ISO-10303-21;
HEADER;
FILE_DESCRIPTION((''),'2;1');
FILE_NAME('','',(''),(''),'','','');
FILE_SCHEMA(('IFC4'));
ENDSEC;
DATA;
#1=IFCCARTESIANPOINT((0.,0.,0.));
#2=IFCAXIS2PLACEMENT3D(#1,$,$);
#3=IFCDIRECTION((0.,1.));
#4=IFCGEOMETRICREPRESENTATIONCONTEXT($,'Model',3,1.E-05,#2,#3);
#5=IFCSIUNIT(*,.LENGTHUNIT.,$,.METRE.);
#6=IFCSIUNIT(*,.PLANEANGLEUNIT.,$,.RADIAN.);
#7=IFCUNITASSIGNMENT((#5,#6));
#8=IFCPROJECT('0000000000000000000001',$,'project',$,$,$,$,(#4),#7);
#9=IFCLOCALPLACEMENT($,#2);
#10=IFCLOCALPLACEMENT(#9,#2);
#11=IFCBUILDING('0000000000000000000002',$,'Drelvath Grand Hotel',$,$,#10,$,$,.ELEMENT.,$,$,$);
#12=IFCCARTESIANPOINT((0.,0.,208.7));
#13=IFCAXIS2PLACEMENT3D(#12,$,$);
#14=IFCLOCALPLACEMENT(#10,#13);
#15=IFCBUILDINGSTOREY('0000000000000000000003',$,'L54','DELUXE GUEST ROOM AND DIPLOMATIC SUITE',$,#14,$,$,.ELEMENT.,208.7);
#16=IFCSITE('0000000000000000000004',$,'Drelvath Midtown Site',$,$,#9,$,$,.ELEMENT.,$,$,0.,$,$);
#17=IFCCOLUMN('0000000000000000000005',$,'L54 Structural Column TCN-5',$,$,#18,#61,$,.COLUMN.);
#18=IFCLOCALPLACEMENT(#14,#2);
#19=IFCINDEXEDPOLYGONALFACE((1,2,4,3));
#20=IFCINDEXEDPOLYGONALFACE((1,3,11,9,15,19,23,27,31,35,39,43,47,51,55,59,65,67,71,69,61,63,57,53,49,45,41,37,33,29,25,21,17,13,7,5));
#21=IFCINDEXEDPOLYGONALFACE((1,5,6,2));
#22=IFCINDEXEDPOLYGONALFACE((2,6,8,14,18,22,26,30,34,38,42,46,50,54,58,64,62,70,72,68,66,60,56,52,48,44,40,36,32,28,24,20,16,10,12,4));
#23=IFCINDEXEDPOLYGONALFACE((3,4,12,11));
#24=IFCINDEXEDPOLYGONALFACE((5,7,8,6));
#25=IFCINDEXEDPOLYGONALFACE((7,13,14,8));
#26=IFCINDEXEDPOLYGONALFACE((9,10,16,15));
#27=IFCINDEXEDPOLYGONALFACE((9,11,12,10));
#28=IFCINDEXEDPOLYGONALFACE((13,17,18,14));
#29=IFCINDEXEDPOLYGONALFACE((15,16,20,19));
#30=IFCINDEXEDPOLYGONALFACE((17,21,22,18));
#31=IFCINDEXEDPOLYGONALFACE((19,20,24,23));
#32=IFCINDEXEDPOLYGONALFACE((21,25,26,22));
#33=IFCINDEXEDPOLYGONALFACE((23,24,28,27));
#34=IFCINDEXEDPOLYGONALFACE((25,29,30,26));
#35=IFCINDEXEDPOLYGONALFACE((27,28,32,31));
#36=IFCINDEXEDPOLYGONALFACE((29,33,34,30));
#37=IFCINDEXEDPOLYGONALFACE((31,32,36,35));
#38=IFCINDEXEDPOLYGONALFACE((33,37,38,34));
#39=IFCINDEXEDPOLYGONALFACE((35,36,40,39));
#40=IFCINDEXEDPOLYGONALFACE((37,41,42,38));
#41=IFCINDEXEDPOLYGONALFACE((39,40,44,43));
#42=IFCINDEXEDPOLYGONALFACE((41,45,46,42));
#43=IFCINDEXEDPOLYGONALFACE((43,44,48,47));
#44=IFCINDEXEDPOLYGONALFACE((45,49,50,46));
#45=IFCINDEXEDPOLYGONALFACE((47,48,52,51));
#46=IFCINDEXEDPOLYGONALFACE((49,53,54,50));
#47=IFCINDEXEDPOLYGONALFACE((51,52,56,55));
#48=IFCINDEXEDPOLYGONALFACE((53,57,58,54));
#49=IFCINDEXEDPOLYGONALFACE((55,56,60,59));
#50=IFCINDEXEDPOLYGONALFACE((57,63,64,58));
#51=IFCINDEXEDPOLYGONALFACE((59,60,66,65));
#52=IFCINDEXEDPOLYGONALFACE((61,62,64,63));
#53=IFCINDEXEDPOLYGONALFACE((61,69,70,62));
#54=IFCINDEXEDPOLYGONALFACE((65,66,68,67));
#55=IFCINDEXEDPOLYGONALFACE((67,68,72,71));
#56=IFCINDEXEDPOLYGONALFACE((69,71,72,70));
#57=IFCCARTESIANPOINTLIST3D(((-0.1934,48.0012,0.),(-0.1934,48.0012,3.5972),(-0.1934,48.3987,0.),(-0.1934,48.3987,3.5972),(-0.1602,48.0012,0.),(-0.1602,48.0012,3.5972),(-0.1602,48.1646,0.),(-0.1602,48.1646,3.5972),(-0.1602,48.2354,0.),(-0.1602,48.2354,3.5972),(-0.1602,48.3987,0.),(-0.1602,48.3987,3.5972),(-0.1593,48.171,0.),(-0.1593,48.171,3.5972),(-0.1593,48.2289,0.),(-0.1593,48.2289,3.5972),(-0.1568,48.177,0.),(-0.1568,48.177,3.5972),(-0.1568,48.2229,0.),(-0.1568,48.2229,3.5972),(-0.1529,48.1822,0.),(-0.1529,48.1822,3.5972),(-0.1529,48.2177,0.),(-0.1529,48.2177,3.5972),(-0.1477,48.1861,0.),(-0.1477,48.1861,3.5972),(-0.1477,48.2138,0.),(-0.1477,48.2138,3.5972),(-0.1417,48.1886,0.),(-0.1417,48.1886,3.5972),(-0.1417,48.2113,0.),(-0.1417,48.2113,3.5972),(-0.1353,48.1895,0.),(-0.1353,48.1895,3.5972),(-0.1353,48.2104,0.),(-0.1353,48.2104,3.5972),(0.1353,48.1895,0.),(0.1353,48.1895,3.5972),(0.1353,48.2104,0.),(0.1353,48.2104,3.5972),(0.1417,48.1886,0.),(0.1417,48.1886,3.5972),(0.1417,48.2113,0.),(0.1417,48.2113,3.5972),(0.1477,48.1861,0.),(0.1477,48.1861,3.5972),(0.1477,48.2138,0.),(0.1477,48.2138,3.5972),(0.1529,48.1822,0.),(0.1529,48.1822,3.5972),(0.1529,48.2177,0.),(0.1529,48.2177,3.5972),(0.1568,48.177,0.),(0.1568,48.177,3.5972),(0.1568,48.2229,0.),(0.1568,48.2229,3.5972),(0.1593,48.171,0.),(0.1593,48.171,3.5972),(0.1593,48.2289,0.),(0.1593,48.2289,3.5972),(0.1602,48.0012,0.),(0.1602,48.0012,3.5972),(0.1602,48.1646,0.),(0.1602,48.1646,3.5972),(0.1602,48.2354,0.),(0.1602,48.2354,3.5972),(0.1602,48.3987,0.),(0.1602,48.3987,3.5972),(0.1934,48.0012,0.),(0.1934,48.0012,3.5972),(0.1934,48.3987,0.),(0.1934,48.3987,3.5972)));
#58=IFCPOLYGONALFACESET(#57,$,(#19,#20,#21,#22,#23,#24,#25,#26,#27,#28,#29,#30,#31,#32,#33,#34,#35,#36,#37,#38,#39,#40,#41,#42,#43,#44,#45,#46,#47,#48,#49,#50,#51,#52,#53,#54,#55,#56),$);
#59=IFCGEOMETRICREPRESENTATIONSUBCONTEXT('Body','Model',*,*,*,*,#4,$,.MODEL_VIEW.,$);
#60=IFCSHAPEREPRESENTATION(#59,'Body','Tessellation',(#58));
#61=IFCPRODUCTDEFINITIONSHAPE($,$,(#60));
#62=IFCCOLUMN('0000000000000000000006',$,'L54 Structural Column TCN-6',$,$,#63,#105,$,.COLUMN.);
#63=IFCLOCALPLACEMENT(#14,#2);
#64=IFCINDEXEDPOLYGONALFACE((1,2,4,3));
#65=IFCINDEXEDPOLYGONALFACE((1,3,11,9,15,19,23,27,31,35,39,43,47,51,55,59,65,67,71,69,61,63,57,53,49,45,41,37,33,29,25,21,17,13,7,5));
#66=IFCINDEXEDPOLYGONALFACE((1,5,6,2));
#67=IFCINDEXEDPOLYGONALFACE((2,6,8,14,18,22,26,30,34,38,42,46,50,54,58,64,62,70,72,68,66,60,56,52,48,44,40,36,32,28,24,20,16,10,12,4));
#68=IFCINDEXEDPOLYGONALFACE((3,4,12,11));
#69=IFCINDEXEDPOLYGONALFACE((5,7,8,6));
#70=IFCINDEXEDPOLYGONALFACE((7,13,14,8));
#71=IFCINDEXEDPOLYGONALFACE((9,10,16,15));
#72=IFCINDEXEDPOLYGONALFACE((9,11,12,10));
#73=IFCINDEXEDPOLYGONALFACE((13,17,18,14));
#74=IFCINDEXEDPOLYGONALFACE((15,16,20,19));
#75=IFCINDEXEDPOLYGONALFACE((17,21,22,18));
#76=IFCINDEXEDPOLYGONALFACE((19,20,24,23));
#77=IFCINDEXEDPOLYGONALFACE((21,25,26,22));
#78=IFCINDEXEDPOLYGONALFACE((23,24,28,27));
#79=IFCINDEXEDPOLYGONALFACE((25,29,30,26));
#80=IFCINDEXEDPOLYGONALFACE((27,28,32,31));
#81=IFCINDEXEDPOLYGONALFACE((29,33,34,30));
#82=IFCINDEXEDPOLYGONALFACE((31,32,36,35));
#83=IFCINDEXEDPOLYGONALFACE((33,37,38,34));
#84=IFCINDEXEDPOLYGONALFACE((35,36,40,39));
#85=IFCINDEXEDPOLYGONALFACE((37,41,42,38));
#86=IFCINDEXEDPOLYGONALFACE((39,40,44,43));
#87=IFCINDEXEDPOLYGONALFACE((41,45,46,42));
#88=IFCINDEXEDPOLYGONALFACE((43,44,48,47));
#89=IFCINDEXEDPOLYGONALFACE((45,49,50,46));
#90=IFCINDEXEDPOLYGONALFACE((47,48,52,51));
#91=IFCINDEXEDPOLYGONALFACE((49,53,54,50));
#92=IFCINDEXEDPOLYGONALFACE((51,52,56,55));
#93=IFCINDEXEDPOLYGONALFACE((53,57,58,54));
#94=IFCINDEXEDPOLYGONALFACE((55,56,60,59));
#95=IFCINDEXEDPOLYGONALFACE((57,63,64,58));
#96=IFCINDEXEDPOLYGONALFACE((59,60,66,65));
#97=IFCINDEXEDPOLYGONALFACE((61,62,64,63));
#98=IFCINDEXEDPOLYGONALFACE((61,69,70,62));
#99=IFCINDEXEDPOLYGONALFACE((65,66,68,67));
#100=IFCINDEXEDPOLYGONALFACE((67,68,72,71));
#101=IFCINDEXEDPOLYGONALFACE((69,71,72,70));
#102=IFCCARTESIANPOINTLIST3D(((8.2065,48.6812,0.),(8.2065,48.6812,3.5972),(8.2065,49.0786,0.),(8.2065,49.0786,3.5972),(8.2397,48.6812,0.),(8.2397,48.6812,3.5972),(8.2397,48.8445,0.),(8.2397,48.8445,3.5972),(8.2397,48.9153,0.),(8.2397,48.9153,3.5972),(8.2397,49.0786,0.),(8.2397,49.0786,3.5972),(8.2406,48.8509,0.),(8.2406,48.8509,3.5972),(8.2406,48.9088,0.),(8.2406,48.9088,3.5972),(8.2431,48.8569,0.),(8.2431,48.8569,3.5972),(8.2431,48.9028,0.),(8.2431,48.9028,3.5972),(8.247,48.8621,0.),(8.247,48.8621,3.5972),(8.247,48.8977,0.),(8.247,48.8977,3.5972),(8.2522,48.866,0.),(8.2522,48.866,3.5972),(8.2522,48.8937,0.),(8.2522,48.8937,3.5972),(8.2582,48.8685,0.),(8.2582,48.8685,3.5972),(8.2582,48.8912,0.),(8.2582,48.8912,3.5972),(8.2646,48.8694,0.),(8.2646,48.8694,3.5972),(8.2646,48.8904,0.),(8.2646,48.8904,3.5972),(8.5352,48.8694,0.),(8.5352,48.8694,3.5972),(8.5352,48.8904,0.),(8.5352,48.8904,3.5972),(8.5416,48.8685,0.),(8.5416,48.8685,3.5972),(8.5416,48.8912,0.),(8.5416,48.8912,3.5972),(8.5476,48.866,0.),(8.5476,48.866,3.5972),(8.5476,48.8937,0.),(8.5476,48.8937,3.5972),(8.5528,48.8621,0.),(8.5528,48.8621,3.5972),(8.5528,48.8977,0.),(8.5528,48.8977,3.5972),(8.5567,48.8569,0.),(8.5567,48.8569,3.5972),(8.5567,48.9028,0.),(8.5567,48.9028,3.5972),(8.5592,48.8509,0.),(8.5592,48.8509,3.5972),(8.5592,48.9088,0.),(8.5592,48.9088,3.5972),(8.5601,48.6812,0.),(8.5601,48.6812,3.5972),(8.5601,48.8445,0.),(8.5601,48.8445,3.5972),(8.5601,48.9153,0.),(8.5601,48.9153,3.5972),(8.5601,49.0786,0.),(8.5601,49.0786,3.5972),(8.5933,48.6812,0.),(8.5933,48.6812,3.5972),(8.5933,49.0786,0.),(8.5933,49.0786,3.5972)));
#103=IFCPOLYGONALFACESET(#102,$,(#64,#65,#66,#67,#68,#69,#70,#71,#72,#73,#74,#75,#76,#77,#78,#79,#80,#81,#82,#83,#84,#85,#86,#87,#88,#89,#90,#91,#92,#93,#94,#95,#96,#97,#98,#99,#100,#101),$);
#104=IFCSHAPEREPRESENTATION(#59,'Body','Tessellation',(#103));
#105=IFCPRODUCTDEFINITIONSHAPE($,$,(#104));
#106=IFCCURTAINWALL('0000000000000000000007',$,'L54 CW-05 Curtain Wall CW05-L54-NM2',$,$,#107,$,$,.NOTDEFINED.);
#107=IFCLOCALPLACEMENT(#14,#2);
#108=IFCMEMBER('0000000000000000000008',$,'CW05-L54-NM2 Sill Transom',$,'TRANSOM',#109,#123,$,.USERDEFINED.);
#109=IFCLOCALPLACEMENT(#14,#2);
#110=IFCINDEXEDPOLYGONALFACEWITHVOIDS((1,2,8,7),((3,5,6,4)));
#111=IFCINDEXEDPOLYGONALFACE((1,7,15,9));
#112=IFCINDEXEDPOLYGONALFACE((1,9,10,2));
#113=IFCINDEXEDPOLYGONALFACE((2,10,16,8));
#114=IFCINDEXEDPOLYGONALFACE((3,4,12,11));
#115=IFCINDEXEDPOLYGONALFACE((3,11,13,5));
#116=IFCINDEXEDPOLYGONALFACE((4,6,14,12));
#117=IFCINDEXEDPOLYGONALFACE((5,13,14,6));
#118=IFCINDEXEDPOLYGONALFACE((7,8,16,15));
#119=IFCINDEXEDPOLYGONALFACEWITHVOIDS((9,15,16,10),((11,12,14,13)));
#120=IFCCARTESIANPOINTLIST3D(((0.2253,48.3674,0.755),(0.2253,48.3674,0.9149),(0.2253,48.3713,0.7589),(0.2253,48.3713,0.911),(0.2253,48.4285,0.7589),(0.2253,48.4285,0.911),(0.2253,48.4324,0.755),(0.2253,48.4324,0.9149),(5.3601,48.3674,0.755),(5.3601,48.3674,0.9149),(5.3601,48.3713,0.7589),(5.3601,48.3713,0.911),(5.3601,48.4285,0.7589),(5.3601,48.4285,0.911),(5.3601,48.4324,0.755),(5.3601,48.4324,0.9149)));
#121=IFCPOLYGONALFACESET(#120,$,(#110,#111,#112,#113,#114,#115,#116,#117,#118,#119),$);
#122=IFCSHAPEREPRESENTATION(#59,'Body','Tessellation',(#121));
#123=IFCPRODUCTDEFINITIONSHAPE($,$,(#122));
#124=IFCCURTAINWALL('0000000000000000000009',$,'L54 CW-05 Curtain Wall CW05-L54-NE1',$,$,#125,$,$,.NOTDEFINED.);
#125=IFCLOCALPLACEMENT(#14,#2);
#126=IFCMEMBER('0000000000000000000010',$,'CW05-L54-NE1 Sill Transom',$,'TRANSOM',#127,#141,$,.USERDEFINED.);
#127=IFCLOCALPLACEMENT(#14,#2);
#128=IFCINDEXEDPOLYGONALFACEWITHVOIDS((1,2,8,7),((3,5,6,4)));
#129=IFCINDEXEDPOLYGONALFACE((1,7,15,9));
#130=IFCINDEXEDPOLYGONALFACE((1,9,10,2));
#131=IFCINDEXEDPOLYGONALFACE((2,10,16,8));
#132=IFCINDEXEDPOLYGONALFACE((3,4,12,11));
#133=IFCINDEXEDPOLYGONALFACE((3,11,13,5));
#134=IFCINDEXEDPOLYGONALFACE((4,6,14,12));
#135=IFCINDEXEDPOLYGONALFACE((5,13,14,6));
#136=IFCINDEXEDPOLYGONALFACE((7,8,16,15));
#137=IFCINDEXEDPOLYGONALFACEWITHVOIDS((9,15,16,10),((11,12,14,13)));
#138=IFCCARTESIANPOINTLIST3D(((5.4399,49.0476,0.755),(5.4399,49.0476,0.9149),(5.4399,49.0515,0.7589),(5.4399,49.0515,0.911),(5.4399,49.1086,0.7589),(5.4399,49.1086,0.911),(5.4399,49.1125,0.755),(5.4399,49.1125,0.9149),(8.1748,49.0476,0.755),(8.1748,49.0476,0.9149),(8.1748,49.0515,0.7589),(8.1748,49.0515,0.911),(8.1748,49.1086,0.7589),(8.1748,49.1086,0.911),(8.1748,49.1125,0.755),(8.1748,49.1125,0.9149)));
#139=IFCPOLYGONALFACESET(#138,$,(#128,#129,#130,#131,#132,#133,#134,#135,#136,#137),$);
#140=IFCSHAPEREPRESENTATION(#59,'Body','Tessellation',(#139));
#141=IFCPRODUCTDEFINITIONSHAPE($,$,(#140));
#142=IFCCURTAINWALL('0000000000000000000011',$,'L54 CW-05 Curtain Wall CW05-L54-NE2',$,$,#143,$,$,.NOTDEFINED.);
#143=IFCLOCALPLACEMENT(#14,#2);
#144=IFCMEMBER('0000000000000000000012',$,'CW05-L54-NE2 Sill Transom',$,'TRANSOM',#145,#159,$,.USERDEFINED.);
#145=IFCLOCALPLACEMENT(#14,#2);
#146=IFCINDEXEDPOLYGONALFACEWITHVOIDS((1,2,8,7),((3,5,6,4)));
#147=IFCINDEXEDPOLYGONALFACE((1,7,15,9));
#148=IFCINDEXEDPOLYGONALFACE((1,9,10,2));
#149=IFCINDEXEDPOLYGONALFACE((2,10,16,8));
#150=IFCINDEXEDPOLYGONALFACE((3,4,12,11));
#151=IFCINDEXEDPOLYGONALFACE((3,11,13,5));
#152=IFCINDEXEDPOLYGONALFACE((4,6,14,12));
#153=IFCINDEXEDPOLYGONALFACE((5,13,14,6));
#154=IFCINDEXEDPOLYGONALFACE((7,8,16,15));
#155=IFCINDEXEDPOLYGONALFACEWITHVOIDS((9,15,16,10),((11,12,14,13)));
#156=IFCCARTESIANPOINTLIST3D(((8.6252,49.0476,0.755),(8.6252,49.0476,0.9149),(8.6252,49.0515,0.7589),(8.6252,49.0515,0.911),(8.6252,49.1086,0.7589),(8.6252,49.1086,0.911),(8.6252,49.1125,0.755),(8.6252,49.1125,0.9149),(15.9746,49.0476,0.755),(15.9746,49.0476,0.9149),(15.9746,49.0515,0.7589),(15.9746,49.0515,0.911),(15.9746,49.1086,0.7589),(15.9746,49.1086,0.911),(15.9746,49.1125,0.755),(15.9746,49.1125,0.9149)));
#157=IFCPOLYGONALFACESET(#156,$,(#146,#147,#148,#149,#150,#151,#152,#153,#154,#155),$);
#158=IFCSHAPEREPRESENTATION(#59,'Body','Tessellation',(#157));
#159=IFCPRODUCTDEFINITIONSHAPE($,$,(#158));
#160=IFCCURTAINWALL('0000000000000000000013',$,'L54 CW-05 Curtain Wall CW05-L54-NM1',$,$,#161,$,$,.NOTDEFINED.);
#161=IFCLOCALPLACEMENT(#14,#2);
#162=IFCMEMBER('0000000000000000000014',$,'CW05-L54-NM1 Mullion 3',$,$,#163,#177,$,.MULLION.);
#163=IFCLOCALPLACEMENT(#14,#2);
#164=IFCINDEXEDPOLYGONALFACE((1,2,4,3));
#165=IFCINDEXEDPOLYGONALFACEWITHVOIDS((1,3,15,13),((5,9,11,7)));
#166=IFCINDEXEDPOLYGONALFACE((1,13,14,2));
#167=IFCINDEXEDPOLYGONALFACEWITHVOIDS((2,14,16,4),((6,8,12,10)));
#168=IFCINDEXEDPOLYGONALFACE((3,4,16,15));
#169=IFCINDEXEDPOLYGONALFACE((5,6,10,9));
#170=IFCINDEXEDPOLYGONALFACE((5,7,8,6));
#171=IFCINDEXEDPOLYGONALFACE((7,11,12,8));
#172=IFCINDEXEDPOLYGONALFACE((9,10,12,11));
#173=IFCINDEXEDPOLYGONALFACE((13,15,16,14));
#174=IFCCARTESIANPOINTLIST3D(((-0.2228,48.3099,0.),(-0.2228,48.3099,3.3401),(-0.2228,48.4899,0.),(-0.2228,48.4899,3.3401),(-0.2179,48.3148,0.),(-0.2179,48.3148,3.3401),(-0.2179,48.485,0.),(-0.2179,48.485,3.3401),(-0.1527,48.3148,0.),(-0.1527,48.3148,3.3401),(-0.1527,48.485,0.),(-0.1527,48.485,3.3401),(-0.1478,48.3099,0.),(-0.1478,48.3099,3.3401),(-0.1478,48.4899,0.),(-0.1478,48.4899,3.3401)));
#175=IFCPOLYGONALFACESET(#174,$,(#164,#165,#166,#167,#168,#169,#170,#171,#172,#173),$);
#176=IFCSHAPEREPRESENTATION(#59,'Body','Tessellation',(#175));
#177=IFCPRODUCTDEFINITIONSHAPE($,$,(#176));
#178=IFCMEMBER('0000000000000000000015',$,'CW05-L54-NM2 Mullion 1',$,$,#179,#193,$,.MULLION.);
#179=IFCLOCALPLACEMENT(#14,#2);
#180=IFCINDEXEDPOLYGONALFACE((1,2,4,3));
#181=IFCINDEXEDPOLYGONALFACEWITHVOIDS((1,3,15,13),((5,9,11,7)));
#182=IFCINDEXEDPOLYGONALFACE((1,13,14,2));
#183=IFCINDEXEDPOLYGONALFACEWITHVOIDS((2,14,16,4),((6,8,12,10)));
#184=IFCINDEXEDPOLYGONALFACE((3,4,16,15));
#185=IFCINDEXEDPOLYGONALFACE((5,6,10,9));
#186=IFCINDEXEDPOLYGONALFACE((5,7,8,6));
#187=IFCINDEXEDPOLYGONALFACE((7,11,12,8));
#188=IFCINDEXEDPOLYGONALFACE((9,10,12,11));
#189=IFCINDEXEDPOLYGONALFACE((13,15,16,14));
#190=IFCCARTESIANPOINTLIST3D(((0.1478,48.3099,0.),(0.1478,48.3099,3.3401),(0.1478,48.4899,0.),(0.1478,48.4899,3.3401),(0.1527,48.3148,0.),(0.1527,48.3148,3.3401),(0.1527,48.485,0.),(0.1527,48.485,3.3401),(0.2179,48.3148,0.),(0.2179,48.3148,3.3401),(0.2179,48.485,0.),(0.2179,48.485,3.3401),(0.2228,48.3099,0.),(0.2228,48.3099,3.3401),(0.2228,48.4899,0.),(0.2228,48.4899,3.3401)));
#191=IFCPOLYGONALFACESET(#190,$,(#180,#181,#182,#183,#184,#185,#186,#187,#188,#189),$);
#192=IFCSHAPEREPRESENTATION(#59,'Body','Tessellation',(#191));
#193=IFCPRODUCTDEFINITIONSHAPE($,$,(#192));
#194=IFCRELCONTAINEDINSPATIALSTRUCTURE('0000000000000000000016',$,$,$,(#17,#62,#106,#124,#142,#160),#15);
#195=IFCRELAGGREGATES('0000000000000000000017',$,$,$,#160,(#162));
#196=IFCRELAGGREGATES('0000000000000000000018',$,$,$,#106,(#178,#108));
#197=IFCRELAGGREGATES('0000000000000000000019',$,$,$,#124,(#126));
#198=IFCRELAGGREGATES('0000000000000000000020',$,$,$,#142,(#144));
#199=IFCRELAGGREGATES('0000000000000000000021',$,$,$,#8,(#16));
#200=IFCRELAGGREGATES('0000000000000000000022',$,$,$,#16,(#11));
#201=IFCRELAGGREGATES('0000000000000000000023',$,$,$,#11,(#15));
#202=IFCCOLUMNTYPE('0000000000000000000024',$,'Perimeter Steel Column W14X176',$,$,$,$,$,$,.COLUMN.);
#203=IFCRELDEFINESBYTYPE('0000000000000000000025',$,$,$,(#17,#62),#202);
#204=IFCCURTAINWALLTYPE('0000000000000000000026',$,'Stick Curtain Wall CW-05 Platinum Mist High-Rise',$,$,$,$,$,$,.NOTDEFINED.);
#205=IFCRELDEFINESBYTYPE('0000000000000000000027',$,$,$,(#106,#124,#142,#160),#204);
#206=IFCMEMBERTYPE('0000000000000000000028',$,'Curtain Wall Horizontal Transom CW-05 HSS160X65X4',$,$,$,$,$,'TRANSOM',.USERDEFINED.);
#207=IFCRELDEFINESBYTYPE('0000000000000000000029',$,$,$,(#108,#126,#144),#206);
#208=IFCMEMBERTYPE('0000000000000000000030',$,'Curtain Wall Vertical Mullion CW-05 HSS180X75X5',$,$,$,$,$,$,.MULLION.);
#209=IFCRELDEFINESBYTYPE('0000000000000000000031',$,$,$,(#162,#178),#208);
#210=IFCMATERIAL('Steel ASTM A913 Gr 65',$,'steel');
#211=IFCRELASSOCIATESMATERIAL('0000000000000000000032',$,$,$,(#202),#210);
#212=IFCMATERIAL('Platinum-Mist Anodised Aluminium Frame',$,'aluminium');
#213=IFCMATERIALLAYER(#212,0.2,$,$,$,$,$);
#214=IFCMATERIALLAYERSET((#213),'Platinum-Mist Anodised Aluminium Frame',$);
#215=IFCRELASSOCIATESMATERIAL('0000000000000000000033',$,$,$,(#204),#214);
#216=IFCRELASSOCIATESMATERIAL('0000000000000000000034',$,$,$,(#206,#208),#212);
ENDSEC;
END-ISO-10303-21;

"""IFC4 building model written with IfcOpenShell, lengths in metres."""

from ifc_helpers import new_model, si_unit, direction, frame, origin, origin_2d, place, context, subcontext, project, spatial, hollow_rectangle, i_section, extrude, material, layer, layer_set, material_profile, profile_set, type_object, element, aggregate, save


model = new_model("IFC4")

# Units and contexts
model_context = context("Model", 3, precision=1e-05, world=origin(), true_north=direction((0.0, 1.0)))
body_context = subcontext(model_context, "Body", "Model", "MODEL_VIEW")
ifc_project = project(units=[si_unit("LENGTHUNIT", "METRE"), si_unit("PLANEANGLEUNIT", "RADIAN")], contexts=[model_context])

# Site, building, storey
site_placement = place(None, origin())
site = spatial("IfcSite", under=ifc_project, at=site_placement, Name="Drelvath Midtown Site", CompositionType="ELEMENT", RefElevation=0.0)
building_placement = place(site_placement, origin())
building = spatial("IfcBuilding", under=site, at=building_placement, Name="Drelvath Grand Hotel", CompositionType="ELEMENT")
storey_placement = place(building_placement, frame((0.0, 0.0, 208.7)))
storey = spatial("IfcBuildingStorey", under=building, at=storey_placement, Name="L54", Description="DELUXE GUEST ROOM AND DIPLOMATIC SUITE", CompositionType="ELEMENT", Elevation=208.7)

# Columns
ifc_material_1 = material(Name="Steel ASTM A913 Gr 65", Category="steel")
ifc_material_profile_1 = material_profile(ifc_material_1, i_section(OverallWidth=0.3975, OverallDepth=0.3867, WebThickness=0.021, FlangeThickness=0.0332, FilletRadius=0.0249, at=origin_2d()), Name="W14X176")
ifc_profile_set_1 = profile_set([ifc_material_profile_1], Name="Steel ASTM A913 Gr 65")
column_type = type_object("IfcColumnType", Name="Perimeter Steel Column W14X176", PredefinedType="COLUMN", material=ifc_profile_set_1)
for number, where, z_axis, x_axis, name in (
    (1, (0.0, 48.2, 0.0), (0.0, 0.0, 1.0), (0.0, 1.0, 0.0), "L54 Structural Column TCN-5"),
    (2, (8.3999, 48.8799, 0.0), (0.0, 0.0, 1.0), (0.0, 1.0, 0.0), "L54 Structural Column TCN-6"),
):
    element("IfcColumn", number, at=place(storey_placement, frame(where, z_axis=z_axis, x_axis=x_axis)), inside=storey, type_object=column_type, Name=name, PredefinedType="COLUMN", context=body_context, shape_type="SweptSolid", body=[
        extrude(i_section(OverallWidth=0.3975, OverallDepth=0.3867, WebThickness=0.021, FlangeThickness=0.0332, FilletRadius=0.0249, at=origin_2d()), origin(), (0.0, 0.0, 1.0), 3.5972),
    ])

# Curtain walls, members
ifc_material_2 = material(Name="Platinum-Mist Anodised Aluminium Frame", Category="aluminium")
ifc_layer_1 = layer(ifc_material_2, 0.2)
ifc_layer_set_1 = layer_set([ifc_layer_1], Name="Platinum-Mist Anodised Aluminium Frame")
curtain_wall_type = type_object("IfcCurtainWallType", Name="Stick Curtain Wall CW-05 Platinum Mist High-Rise", PredefinedType="NOTDEFINED", material=ifc_layer_set_1)
curtain_wall_1_placement = place(storey_placement, origin())
curtain_wall_1 = element("IfcCurtainWall", 3, at=curtain_wall_1_placement, inside=storey, type_object=curtain_wall_type, Name="L54 CW-05 Curtain Wall CW05-L54-NM2", PredefinedType="NOTDEFINED")
ifc_material_profile_2 = material_profile(ifc_material_2, hollow_rectangle(XDim=0.0649, YDim=0.1599, WallThickness=0.0039, at=origin_2d()), Name="HSS160X65X4")
ifc_profile_set_2 = profile_set([ifc_material_profile_2], Name="Platinum-Mist Anodised Aluminium Frame")
member_type_1 = type_object("IfcMemberType", Name="Curtain Wall Horizontal Transom CW-05 HSS160X65X4", ElementType="TRANSOM", PredefinedType="USERDEFINED", material=ifc_profile_set_2)
member_1_placement = place(storey_placement, frame((0.2253, 48.3999, 0.835), z_axis=(1.0, 0.0, 0.0), x_axis=(0.0, 1.0, 0.0)))
member_1 = element("IfcMember", 4, at=member_1_placement, type_object=member_type_1, Name="CW05-L54-NM2 Sill Transom", ObjectType="TRANSOM", PredefinedType="USERDEFINED", context=body_context, shape_type="SweptSolid", body=[
    extrude(hollow_rectangle(XDim=0.0649, YDim=0.1599, WallThickness=0.0039, at=origin_2d()), origin(), (0.0, 0.0, 1.0), 5.1348),
])
curtain_wall_2_placement = place(storey_placement, origin())
curtain_wall_2 = element("IfcCurtainWall", 5, at=curtain_wall_2_placement, inside=storey, type_object=curtain_wall_type, Name="L54 CW-05 Curtain Wall CW05-L54-NE1", PredefinedType="NOTDEFINED")
member_2_placement = place(storey_placement, frame((5.4399, 49.0801, 0.835), z_axis=(1.0, 0.0, 0.0), x_axis=(0.0, 1.0, 0.0)))
member_2 = element("IfcMember", 6, at=member_2_placement, type_object=member_type_1, Name="CW05-L54-NE1 Sill Transom", ObjectType="TRANSOM", PredefinedType="USERDEFINED", context=body_context, shape_type="SweptSolid", body=[
    extrude(hollow_rectangle(XDim=0.0649, YDim=0.1599, WallThickness=0.0039, at=origin_2d()), origin(), (0.0, 0.0, 1.0), 2.7349),
])
curtain_wall_3_placement = place(storey_placement, origin())
curtain_wall_3 = element("IfcCurtainWall", 7, at=curtain_wall_3_placement, inside=storey, type_object=curtain_wall_type, Name="L54 CW-05 Curtain Wall CW05-L54-NE2", PredefinedType="NOTDEFINED")
member_3_placement = place(storey_placement, frame((8.6252, 49.0801, 0.835), z_axis=(1.0, 0.0, 0.0), x_axis=(0.0, 1.0, 0.0)))
member_3 = element("IfcMember", 8, at=member_3_placement, type_object=member_type_1, Name="CW05-L54-NE2 Sill Transom", ObjectType="TRANSOM", PredefinedType="USERDEFINED", context=body_context, shape_type="SweptSolid", body=[
    extrude(hollow_rectangle(XDim=0.0649, YDim=0.1599, WallThickness=0.0039, at=origin_2d()), origin(), (0.0, 0.0, 1.0), 7.3494),
])
curtain_wall_4_placement = place(storey_placement, origin())
curtain_wall_4 = element("IfcCurtainWall", 9, at=curtain_wall_4_placement, inside=storey, type_object=curtain_wall_type, Name="L54 CW-05 Curtain Wall CW05-L54-NM1", PredefinedType="NOTDEFINED")
ifc_material_profile_3 = material_profile(ifc_material_2, hollow_rectangle(XDim=0.075, YDim=0.1799, WallThickness=0.0049, at=origin_2d()), Name="HSS180X75X5")
ifc_profile_set_3 = profile_set([ifc_material_profile_3], Name="Platinum-Mist Anodised Aluminium Frame")
member_type_2 = type_object("IfcMemberType", Name="Curtain Wall Vertical Mullion CW-05 HSS180X75X5", PredefinedType="MULLION", material=ifc_profile_set_3)
member_4_placement = place(storey_placement, frame((-0.1853, 48.3999, 0.0), z_axis=(0.0, 0.0, 1.0), x_axis=(1.0, 0.0, 0.0)))
member_4 = element("IfcMember", 10, at=member_4_placement, type_object=member_type_2, Name="CW05-L54-NM1 Mullion 3", PredefinedType="MULLION", context=body_context, shape_type="SweptSolid", body=[
    extrude(hollow_rectangle(XDim=0.075, YDim=0.1799, WallThickness=0.0049, at=origin_2d()), origin(), (0.0, 0.0, 1.0), 3.3401),
])
aggregate(curtain_wall_4, [member_4])

# Member
member_5_placement = place(storey_placement, frame((0.1853, 48.3999, 0.0), z_axis=(0.0, 0.0, 1.0), x_axis=(1.0, 0.0, 0.0)))
member_5 = element("IfcMember", 11, at=member_5_placement, type_object=member_type_2, Name="CW05-L54-NM2 Mullion 1", PredefinedType="MULLION", context=body_context, shape_type="SweptSolid", body=[
    extrude(hollow_rectangle(XDim=0.075, YDim=0.1799, WallThickness=0.0049, at=origin_2d()), origin(), (0.0, 0.0, 1.0), 3.3401),
])

aggregate(curtain_wall_1, [member_5, member_1])
aggregate(curtain_wall_2, [member_2])
aggregate(curtain_wall_3, [member_3])

save(model, "model.ifc")
